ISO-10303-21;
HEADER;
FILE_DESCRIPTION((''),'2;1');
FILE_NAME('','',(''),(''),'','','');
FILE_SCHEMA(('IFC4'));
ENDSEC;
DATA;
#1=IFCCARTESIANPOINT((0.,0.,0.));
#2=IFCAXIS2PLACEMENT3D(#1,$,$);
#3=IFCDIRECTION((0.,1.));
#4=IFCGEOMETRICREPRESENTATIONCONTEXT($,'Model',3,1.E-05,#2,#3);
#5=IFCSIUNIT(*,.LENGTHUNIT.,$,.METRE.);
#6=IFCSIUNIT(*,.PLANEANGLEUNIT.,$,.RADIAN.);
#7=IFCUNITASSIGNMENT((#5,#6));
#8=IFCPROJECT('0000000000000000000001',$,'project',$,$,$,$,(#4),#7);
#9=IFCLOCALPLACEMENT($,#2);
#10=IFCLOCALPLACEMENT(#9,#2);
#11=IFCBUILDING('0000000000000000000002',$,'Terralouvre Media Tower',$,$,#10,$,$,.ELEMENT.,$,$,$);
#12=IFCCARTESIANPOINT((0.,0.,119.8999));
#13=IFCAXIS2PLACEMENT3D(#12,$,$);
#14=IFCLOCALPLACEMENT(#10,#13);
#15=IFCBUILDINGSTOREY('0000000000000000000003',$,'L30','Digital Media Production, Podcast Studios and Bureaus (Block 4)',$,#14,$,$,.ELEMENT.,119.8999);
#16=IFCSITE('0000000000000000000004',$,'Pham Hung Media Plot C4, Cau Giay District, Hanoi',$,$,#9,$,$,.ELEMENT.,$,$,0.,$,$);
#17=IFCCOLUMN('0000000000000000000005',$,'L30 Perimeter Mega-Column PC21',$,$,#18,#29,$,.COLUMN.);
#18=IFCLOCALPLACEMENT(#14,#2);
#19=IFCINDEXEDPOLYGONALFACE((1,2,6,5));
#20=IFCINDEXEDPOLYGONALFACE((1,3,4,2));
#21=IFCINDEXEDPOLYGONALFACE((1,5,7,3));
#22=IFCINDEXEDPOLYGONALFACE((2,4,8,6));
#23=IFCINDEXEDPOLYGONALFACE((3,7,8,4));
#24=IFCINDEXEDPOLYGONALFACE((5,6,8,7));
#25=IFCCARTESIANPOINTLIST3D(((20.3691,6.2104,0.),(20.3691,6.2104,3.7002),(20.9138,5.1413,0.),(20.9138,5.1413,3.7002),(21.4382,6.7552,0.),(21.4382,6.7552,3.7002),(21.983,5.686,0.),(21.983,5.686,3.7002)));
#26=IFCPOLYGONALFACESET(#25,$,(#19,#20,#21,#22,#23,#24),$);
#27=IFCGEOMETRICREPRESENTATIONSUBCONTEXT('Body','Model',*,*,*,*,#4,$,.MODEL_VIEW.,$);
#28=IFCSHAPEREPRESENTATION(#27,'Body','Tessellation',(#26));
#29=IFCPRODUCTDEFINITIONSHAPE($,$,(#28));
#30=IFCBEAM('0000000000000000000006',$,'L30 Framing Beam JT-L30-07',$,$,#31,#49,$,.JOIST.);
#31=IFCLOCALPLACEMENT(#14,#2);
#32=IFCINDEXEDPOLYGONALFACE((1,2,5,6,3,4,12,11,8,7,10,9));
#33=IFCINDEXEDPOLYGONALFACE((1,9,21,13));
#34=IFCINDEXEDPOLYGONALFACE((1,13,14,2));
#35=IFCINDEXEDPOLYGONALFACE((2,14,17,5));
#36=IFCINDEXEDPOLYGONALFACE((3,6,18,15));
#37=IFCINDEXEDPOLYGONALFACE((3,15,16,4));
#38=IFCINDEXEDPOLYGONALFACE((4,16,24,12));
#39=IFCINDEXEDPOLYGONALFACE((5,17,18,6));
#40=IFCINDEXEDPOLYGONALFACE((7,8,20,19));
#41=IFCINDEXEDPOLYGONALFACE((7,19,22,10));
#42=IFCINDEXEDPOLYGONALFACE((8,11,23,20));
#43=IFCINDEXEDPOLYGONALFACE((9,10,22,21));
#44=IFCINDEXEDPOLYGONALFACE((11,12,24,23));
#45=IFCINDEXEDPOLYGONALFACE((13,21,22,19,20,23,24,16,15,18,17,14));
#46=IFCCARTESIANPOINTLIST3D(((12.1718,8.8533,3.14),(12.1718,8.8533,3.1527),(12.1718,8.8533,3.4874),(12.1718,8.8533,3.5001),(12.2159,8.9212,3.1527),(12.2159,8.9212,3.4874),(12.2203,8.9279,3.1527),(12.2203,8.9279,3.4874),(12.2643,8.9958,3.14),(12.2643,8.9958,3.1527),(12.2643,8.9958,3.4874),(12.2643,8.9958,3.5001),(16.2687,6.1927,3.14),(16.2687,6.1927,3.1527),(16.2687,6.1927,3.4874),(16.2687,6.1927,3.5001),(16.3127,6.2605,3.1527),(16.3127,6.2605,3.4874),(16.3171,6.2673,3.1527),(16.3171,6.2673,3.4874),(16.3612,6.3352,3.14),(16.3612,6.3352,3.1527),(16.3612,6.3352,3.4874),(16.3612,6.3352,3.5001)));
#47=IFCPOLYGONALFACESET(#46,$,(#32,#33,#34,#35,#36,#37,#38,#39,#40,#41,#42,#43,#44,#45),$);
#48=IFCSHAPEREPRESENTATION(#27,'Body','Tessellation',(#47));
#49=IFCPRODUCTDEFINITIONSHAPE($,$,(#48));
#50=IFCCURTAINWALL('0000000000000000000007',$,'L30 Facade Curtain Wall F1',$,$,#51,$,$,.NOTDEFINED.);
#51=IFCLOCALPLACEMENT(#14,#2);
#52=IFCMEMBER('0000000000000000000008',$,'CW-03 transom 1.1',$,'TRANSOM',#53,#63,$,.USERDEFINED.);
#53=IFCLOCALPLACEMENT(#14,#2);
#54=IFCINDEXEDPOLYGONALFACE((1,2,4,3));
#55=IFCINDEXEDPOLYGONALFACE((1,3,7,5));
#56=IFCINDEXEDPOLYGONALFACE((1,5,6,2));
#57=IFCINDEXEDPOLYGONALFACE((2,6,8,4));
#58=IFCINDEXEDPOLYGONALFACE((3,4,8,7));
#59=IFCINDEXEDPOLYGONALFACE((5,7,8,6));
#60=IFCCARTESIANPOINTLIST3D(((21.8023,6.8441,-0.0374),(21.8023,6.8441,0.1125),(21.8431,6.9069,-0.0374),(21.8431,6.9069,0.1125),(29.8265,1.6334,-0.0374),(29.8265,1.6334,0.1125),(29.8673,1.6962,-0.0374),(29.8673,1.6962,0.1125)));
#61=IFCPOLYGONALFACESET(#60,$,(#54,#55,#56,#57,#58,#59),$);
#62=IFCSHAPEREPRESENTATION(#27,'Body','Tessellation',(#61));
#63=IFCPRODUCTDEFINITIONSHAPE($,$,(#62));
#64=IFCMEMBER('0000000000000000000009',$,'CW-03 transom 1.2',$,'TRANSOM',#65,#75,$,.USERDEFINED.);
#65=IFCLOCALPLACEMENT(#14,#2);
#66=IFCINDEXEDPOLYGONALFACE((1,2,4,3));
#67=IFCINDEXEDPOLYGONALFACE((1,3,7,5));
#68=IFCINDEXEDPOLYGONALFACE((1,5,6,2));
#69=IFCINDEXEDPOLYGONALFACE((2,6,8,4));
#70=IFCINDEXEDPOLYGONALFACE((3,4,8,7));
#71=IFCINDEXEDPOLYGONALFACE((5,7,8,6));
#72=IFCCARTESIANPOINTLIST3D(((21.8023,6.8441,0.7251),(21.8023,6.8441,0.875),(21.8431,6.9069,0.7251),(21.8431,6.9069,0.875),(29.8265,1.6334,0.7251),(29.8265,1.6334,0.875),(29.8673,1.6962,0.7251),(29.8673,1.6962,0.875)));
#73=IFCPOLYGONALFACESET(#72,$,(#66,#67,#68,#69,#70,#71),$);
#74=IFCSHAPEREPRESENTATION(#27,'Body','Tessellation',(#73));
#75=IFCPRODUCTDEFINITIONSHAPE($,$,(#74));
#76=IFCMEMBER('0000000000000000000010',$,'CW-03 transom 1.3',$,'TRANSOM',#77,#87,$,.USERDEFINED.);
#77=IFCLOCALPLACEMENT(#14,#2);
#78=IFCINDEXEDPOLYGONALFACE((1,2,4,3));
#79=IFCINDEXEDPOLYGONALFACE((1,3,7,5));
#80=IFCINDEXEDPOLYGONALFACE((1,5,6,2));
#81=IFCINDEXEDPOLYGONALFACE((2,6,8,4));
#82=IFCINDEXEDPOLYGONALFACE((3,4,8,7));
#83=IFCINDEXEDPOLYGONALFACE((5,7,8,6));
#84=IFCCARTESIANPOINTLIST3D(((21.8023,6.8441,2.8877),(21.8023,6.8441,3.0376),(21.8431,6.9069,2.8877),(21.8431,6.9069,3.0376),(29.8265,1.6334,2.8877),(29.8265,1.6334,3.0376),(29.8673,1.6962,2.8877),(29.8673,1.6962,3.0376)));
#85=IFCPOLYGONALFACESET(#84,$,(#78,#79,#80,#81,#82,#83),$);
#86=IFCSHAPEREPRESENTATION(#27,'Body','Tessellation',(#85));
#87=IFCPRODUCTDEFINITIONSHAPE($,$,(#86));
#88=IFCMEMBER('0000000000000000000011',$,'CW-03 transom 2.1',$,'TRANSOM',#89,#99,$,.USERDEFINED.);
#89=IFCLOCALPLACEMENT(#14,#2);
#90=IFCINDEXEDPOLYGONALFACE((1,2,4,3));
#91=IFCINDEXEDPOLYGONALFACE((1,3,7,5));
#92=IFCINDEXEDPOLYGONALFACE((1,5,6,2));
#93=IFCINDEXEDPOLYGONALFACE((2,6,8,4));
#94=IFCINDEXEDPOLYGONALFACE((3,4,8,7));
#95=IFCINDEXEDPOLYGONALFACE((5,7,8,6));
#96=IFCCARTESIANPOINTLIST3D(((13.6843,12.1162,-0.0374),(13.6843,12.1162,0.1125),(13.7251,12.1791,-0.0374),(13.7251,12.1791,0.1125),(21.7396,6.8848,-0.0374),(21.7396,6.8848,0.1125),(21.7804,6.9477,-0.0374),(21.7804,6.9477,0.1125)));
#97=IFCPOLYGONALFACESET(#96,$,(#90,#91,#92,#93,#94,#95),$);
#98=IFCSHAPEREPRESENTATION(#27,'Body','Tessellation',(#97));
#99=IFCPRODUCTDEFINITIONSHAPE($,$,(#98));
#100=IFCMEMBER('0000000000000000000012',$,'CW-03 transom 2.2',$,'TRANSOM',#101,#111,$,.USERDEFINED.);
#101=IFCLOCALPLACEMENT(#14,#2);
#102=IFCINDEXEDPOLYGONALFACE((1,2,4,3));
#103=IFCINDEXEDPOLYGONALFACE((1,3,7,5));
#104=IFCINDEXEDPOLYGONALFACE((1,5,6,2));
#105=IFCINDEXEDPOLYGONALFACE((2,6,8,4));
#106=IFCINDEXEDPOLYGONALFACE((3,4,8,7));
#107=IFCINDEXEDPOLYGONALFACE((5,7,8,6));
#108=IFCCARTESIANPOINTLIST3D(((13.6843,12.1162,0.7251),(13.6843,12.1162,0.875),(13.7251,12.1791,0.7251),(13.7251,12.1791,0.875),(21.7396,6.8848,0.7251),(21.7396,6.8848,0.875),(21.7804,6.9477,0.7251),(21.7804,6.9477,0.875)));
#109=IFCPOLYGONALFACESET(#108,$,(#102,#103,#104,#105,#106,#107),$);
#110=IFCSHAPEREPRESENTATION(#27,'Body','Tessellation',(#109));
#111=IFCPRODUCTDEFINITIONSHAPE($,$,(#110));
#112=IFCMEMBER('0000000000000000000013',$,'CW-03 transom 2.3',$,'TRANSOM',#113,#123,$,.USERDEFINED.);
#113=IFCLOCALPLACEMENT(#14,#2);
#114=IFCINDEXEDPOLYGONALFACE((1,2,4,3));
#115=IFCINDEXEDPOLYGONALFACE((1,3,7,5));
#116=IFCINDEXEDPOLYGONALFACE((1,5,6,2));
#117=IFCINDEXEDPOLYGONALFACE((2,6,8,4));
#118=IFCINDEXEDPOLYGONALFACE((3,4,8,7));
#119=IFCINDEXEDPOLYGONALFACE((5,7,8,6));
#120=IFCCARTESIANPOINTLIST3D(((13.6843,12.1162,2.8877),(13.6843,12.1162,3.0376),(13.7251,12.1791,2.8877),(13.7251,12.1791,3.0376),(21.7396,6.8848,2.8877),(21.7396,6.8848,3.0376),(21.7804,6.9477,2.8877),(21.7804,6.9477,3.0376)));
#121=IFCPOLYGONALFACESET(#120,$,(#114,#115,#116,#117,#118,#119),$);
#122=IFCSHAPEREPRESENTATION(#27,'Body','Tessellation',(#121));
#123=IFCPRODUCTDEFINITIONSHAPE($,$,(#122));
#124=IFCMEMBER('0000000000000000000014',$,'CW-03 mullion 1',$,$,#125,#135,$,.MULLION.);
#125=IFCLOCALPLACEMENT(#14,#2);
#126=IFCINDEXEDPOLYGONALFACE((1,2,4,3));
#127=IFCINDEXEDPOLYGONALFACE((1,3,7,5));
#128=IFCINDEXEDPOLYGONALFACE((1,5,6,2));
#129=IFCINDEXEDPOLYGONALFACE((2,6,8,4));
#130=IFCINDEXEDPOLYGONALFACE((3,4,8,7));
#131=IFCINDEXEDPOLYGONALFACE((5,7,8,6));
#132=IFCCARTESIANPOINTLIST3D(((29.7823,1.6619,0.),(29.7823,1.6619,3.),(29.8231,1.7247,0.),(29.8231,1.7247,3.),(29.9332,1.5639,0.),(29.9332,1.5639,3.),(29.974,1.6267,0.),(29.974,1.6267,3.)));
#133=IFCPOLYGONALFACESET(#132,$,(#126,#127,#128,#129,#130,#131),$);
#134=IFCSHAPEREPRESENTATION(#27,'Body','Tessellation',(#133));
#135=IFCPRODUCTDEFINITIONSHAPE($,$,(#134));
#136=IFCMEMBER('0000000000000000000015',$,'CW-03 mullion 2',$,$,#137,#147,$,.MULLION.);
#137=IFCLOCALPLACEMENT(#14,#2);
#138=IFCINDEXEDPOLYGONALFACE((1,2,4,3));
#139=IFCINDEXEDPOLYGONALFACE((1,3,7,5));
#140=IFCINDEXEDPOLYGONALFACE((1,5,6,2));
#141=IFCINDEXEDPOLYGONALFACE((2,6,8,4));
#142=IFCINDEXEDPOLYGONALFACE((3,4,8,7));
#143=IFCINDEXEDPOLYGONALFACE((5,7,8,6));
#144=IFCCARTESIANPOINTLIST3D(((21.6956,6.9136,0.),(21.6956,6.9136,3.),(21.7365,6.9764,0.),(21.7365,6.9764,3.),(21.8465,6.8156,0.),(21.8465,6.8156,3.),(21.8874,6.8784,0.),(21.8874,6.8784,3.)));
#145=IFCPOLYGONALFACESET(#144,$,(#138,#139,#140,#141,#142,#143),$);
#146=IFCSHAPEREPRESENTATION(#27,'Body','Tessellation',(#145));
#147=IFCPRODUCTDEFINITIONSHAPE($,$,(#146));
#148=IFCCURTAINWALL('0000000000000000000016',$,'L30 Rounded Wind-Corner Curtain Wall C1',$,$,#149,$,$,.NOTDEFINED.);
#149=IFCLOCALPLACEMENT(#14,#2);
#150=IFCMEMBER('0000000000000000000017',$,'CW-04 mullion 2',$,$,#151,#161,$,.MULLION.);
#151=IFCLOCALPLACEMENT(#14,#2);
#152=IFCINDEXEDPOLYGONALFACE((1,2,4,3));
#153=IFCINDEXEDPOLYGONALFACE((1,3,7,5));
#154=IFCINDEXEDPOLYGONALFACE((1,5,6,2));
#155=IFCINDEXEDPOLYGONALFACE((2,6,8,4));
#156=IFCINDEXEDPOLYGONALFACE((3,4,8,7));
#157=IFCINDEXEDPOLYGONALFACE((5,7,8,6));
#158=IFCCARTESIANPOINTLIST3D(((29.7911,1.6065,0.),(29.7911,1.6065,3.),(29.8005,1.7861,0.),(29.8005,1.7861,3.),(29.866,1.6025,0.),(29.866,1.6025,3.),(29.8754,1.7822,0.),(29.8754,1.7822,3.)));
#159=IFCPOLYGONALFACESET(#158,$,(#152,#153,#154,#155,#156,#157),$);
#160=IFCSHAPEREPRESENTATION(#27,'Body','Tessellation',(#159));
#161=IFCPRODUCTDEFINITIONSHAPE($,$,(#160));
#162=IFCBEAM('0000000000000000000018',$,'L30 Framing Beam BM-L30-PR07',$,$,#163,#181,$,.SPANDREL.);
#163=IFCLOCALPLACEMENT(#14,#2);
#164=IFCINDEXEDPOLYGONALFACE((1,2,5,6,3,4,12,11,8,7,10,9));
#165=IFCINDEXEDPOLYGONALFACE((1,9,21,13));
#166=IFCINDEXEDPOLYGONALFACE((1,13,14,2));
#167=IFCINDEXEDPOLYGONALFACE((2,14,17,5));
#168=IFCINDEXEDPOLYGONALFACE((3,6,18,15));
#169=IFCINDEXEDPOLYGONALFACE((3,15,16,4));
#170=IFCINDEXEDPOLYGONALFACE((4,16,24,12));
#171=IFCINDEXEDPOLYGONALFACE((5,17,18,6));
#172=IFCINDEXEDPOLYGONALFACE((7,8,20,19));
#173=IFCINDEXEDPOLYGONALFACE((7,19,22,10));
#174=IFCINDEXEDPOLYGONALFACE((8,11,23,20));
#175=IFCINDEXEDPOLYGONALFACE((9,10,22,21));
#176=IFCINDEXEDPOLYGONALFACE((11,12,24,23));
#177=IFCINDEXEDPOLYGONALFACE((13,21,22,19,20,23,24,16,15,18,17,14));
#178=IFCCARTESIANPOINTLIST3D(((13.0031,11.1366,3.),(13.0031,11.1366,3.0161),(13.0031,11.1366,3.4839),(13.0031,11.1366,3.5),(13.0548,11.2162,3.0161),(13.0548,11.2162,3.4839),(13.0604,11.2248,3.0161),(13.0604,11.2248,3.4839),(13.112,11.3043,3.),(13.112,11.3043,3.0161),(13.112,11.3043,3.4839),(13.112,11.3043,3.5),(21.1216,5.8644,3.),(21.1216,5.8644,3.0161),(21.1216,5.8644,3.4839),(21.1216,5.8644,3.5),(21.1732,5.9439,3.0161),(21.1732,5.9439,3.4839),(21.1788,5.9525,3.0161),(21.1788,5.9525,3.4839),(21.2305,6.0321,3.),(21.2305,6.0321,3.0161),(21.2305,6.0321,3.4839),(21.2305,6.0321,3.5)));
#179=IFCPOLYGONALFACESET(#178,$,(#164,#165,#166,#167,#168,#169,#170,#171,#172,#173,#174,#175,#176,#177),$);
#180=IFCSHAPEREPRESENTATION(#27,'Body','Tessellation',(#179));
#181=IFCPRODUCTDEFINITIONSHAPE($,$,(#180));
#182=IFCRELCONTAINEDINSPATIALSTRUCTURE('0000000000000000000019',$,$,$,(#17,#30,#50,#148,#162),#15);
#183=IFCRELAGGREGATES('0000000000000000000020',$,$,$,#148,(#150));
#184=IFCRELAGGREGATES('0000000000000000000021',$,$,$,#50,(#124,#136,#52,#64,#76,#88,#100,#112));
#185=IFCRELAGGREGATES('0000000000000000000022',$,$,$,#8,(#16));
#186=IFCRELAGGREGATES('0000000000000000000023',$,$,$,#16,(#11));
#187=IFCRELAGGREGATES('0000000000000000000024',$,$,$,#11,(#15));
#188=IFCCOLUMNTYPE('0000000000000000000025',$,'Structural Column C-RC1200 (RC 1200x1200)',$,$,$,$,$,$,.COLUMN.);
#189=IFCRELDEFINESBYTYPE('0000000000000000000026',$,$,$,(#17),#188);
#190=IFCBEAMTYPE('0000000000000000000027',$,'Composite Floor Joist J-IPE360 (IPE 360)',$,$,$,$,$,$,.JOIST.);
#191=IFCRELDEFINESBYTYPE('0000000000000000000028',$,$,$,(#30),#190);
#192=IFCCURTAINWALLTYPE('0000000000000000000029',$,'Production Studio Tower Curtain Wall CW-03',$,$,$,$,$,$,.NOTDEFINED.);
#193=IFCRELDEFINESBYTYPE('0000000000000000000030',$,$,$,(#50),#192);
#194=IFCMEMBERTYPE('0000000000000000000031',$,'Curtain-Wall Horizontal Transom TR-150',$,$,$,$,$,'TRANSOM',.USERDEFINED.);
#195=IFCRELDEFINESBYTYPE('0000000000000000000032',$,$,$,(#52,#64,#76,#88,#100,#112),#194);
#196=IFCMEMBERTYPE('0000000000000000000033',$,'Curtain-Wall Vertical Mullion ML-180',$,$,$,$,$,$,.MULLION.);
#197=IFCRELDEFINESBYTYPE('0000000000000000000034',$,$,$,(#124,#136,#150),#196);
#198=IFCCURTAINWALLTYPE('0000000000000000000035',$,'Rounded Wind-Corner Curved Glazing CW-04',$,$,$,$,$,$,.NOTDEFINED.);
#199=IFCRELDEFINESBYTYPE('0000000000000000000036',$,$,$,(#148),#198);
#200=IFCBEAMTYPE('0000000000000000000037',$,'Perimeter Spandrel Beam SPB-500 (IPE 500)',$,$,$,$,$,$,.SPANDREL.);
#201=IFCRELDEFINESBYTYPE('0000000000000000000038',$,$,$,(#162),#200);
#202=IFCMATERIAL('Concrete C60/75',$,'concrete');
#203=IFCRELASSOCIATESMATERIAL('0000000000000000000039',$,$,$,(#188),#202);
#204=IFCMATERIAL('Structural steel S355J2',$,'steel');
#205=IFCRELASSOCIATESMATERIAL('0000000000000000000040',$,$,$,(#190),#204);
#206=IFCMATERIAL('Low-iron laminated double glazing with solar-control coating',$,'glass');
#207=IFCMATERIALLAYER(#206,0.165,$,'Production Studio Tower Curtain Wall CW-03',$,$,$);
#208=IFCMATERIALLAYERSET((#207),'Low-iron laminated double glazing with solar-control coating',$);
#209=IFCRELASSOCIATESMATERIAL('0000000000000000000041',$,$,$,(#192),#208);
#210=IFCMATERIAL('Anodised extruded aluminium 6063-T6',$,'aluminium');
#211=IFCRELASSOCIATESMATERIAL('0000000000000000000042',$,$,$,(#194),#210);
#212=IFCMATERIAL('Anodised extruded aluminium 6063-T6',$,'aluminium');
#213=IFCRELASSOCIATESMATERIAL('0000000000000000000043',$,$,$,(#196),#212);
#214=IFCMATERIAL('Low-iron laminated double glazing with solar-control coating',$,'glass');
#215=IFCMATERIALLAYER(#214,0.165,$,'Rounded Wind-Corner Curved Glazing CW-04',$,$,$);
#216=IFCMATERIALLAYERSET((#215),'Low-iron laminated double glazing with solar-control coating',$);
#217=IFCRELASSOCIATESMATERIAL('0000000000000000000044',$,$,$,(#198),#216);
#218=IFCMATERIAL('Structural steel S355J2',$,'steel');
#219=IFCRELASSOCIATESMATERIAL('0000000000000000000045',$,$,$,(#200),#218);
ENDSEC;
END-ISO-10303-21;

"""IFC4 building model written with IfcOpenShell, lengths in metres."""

from ifc_helpers import new_model, si_unit, direction, frame, origin, origin_2d, place, context, subcontext, project, spatial, rectangle, i_section, extrude, material, layer, layer_set, material_profile, profile_set, type_object, element, aggregate, save


model = new_model("IFC4")

# Units and contexts
model_context = context("Model", 3, precision=1e-05, world=origin(), true_north=direction((0.0, 1.0)))
body_context = subcontext(model_context, "Body", "Model", "MODEL_VIEW")
ifc_project = project(units=[si_unit("LENGTHUNIT", "METRE"), si_unit("PLANEANGLEUNIT", "RADIAN")], contexts=[model_context])

# Site, building, storey
site_placement = place(None, origin())
site = spatial("IfcSite", under=ifc_project, at=site_placement, Name="Pham Hung Media Plot C4, Cau Giay District, Hanoi", CompositionType="ELEMENT", RefElevation=0.0)
building_placement = place(site_placement, origin())
building = spatial("IfcBuilding", under=site, at=building_placement, Name="Terralouvre Media Tower", CompositionType="ELEMENT")
storey_placement = place(building_placement, frame((0.0, 0.0, 119.8999)))
storey = spatial("IfcBuildingStorey", under=building, at=storey_placement, Name="L30", Description="Digital Media Production, Podcast Studios and Bureaus (Block 4)", CompositionType="ELEMENT", Elevation=119.8999)

# Column
ifc_material_1 = material(Name="Concrete C60/75", Category="concrete")
ifc_material_profile_1 = material_profile(ifc_material_1, rectangle(XDim=1.2, YDim=1.2, at=origin_2d()), Name="RC 1200x1200")
ifc_profile_set_1 = profile_set([ifc_material_profile_1], Name="Concrete C60/75")
column_type = type_object("IfcColumnType", Name="Structural Column C-RC1200 (RC 1200x1200)", PredefinedType="COLUMN", material=ifc_profile_set_1)
column_placement = place(storey_placement, frame((21.176, 5.9482, 0.0), z_axis=(0.0, 0.0, 1.0), x_axis=(0.891007, 0.45399, 0.0)))
element("IfcColumn", 1, at=column_placement, inside=storey, type_object=column_type, Name="L30 Perimeter Mega-Column PC21", PredefinedType="COLUMN", context=body_context, shape_type="SweptSolid", body=[
    extrude(rectangle(XDim=1.2, YDim=1.2, at=origin_2d()), origin(), (0.0, 0.0, 1.0), 3.7002),
])

# Beam
ifc_material_2 = material(Name="Structural steel S355J2", Category="steel")
ifc_material_profile_2 = material_profile(ifc_material_2, i_section(OverallWidth=0.1699, OverallDepth=0.3601, WebThickness=0.0081, FlangeThickness=0.0127, at=origin_2d()), Name="IPE 360")
ifc_profile_set_2 = profile_set([ifc_material_profile_2], Name="Structural steel S355J2")
beam_type_1 = type_object("IfcBeamType", Name="Composite Floor Joist J-IPE360 (IPE 360)", PredefinedType="JOIST", material=ifc_profile_set_2)
beam_1_placement = place(storey_placement, frame((16.3149, 6.2639, 3.3201), z_axis=(-0.838664, 0.544649, 0.0), x_axis=(-0.544649, -0.838664, 0.0)))
element("IfcBeam", 2, at=beam_1_placement, inside=storey, type_object=beam_type_1, Name="L30 Framing Beam JT-L30-07", PredefinedType="JOIST", context=body_context, shape_type="SweptSolid", body=[
    extrude(i_section(OverallWidth=0.1699, OverallDepth=0.3601, WebThickness=0.0081, FlangeThickness=0.0127, at=origin_2d()), origin(), (0.0, 0.0, 1.0), 4.885),
])

# Curtain wall, members
ifc_material_3 = material(Name="Low-iron laminated double glazing with solar-control coating", Category="glass")
ifc_layer_1 = layer(ifc_material_3, 0.165, Name="Production Studio Tower Curtain Wall CW-03")
ifc_layer_set_1 = layer_set([ifc_layer_1], Name="Low-iron laminated double glazing with solar-control coating")
curtain_wall_type_1 = type_object("IfcCurtainWallType", Name="Production Studio Tower Curtain Wall CW-03", PredefinedType="NOTDEFINED", material=ifc_layer_set_1)
curtain_wall_1_placement = place(storey_placement, origin())
curtain_wall_1 = element("IfcCurtainWall", 3, at=curtain_wall_1_placement, inside=storey, type_object=curtain_wall_type_1, Name="L30 Facade Curtain Wall F1", PredefinedType="NOTDEFINED")
ifc_material_4 = material(Name="Anodised extruded aluminium 6063-T6", Category="aluminium")
ifc_material_profile_3 = material_profile(ifc_material_4, rectangle(XDim=0.075, YDim=0.1499, at=origin_2d()), Name="ALU 75x150")
ifc_profile_set_3 = profile_set([ifc_material_profile_3], Name="Anodised extruded aluminium 6063-T6")
member_type_1 = type_object("IfcMemberType", Name="Curtain-Wall Horizontal Transom TR-150", ElementType="TRANSOM", PredefinedType="USERDEFINED", material=ifc_profile_set_3)
member_1_placement = place(storey_placement, frame((29.8469, 1.6648, 0.0376), z_axis=(-0.838683, 0.54462, 0.0), x_axis=(-0.54462, -0.838683, 0.0)))
member_1 = element("IfcMember", 4, at=member_1_placement, type_object=member_type_1, Name="CW-03 transom 1.1", ObjectType="TRANSOM", PredefinedType="USERDEFINED", context=body_context, shape_type="SweptSolid", body=[
    extrude(rectangle(XDim=0.075, YDim=0.1499, at=origin_2d()), origin(), (0.0, 0.0, 1.0), 9.5676),
])
member_2_placement = place(storey_placement, frame((29.8469, 1.6648, 0.8), z_axis=(-0.838683, 0.54462, 0.0), x_axis=(-0.54462, -0.838683, 0.0)))
member_2 = element("IfcMember", 5, at=member_2_placement, type_object=member_type_1, Name="CW-03 transom 1.2", ObjectType="TRANSOM", PredefinedType="USERDEFINED", context=body_context, shape_type="SweptSolid", body=[
    extrude(rectangle(XDim=0.075, YDim=0.1499, at=origin_2d()), origin(), (0.0, 0.0, 1.0), 9.5676),
])
member_3_placement = place(storey_placement, frame((29.8469, 1.6648, 2.9626), z_axis=(-0.838683, 0.54462, 0.0), x_axis=(-0.54462, -0.838683, 0.0)))
member_3 = element("IfcMember", 6, at=member_3_placement, type_object=member_type_1, Name="CW-03 transom 1.3", ObjectType="TRANSOM", PredefinedType="USERDEFINED", context=body_context, shape_type="SweptSolid", body=[
    extrude(rectangle(XDim=0.075, YDim=0.1499, at=origin_2d()), origin(), (0.0, 0.0, 1.0), 9.5676),
])
member_4_placement = place(storey_placement, frame((21.76, 6.9163, 0.0376), z_axis=(-0.838661, 0.544653, 0.0), x_axis=(-0.544653, -0.838661, 0.0)))
member_4 = element("IfcMember", 7, at=member_4_placement, type_object=member_type_1, Name="CW-03 transom 2.1", ObjectType="TRANSOM", PredefinedType="USERDEFINED", context=body_context, shape_type="SweptSolid", body=[
    extrude(rectangle(XDim=0.075, YDim=0.1499, at=origin_2d()), origin(), (0.0, 0.0, 1.0), 9.605),
])
member_5_placement = place(storey_placement, frame((21.76, 6.9163, 0.8), z_axis=(-0.838661, 0.544653, 0.0), x_axis=(-0.544653, -0.838661, 0.0)))
member_5 = element("IfcMember", 8, at=member_5_placement, type_object=member_type_1, Name="CW-03 transom 2.2", ObjectType="TRANSOM", PredefinedType="USERDEFINED", context=body_context, shape_type="SweptSolid", body=[
    extrude(rectangle(XDim=0.075, YDim=0.1499, at=origin_2d()), origin(), (0.0, 0.0, 1.0), 9.605),
])
member_6_placement = place(storey_placement, frame((21.76, 6.9163, 2.9626), z_axis=(-0.838661, 0.544653, 0.0), x_axis=(-0.544653, -0.838661, 0.0)))
member_6 = element("IfcMember", 9, at=member_6_placement, type_object=member_type_1, Name="CW-03 transom 2.3", ObjectType="TRANSOM", PredefinedType="USERDEFINED", context=body_context, shape_type="SweptSolid", body=[
    extrude(rectangle(XDim=0.075, YDim=0.1499, at=origin_2d()), origin(), (0.0, 0.0, 1.0), 9.605),
])
ifc_material_5 = material(Name="Anodised extruded aluminium 6063-T6", Category="aluminium")
ifc_material_profile_4 = material_profile(ifc_material_5, rectangle(XDim=0.075, YDim=0.1799, at=origin_2d()), Name="ALU 75x180")
ifc_profile_set_4 = profile_set([ifc_material_profile_4], Name="Anodised extruded aluminium 6063-T6")
member_type_2 = type_object("IfcMemberType", Name="Curtain-Wall Vertical Mullion ML-180", PredefinedType="MULLION", material=ifc_profile_set_4)
member_7_placement = place(storey_placement, frame((29.8782, 1.6443, 0.0), z_axis=(0.0, 0.0, 1.0), x_axis=(-0.544639, -0.838671, 0.0)))
member_7 = element("IfcMember", 10, at=member_7_placement, type_object=member_type_2, Name="CW-03 mullion 1", PredefinedType="MULLION", context=body_context, shape_type="SweptSolid", body=[
    extrude(rectangle(XDim=0.075, YDim=0.1799, at=origin_2d()), origin(), (0.0, 0.0, 1.0), 3.0),
])
member_8_placement = place(storey_placement, frame((21.7915, 6.896, 0.0), z_axis=(0.0, 0.0, 1.0), x_axis=(-0.544639, -0.838671, 0.0)))
member_8 = element("IfcMember", 11, at=member_8_placement, type_object=member_type_2, Name="CW-03 mullion 2", PredefinedType="MULLION", context=body_context, shape_type="SweptSolid", body=[
    extrude(rectangle(XDim=0.075, YDim=0.1799, at=origin_2d()), origin(), (0.0, 0.0, 1.0), 3.0),
])

# Curtain wall, member
ifc_material_6 = material(Name="Low-iron laminated double glazing with solar-control coating", Category="glass")
ifc_layer_2 = layer(ifc_material_6, 0.165, Name="Rounded Wind-Corner Curved Glazing CW-04")
ifc_layer_set_2 = layer_set([ifc_layer_2], Name="Low-iron laminated double glazing with solar-control coating")
curtain_wall_type_2 = type_object("IfcCurtainWallType", Name="Rounded Wind-Corner Curved Glazing CW-04", PredefinedType="NOTDEFINED", material=ifc_layer_set_2)
curtain_wall_2_placement = place(storey_placement, origin())
curtain_wall_2 = element("IfcCurtainWall", 12, at=curtain_wall_2_placement, inside=storey, type_object=curtain_wall_type_2, Name="L30 Rounded Wind-Corner Curtain Wall C1", PredefinedType="NOTDEFINED")
member_9_placement = place(storey_placement, frame((29.8333, 1.6943, 0.0), z_axis=(0.0, 0.0, 1.0), x_axis=(-0.998629, 0.052337, 0.0)))
member_9 = element("IfcMember", 13, at=member_9_placement, type_object=member_type_2, Name="CW-04 mullion 2", PredefinedType="MULLION", context=body_context, shape_type="SweptSolid", body=[
    extrude(rectangle(XDim=0.075, YDim=0.1799, at=origin_2d()), origin(), (0.0, 0.0, 1.0), 3.0),
])
aggregate(curtain_wall_2, [member_9])

# Beam
ifc_material_7 = material(Name="Structural steel S355J2", Category="steel")
ifc_material_profile_5 = material_profile(ifc_material_7, i_section(OverallWidth=0.2, OverallDepth=0.5, WebThickness=0.0103, FlangeThickness=0.0161, at=origin_2d()), Name="IPE 500")
ifc_profile_set_5 = profile_set([ifc_material_profile_5], Name="Structural steel S355J2")
beam_type_2 = type_object("IfcBeamType", Name="Perimeter Spandrel Beam SPB-500 (IPE 500)", PredefinedType="SPANDREL", material=ifc_profile_set_5)
beam_2_placement = place(storey_placement, frame((21.176, 5.9482, 3.25), z_axis=(-0.838668, 0.544643, 0.0), x_axis=(-0.544643, -0.838668, 0.0)))
element("IfcBeam", 14, at=beam_2_placement, inside=storey, type_object=beam_type_2, Name="L30 Framing Beam BM-L30-PR07", PredefinedType="SPANDREL", context=body_context, shape_type="SweptSolid", body=[
    extrude(i_section(OverallWidth=0.2, OverallDepth=0.5, WebThickness=0.0103, FlangeThickness=0.0161, at=origin_2d()), origin(), (0.0, 0.0, 1.0), 9.6802),
])

aggregate(curtain_wall_1, [member_7, member_8, member_1, member_2, member_3, member_4, member_5, member_6])

save(model, "model.ifc")
